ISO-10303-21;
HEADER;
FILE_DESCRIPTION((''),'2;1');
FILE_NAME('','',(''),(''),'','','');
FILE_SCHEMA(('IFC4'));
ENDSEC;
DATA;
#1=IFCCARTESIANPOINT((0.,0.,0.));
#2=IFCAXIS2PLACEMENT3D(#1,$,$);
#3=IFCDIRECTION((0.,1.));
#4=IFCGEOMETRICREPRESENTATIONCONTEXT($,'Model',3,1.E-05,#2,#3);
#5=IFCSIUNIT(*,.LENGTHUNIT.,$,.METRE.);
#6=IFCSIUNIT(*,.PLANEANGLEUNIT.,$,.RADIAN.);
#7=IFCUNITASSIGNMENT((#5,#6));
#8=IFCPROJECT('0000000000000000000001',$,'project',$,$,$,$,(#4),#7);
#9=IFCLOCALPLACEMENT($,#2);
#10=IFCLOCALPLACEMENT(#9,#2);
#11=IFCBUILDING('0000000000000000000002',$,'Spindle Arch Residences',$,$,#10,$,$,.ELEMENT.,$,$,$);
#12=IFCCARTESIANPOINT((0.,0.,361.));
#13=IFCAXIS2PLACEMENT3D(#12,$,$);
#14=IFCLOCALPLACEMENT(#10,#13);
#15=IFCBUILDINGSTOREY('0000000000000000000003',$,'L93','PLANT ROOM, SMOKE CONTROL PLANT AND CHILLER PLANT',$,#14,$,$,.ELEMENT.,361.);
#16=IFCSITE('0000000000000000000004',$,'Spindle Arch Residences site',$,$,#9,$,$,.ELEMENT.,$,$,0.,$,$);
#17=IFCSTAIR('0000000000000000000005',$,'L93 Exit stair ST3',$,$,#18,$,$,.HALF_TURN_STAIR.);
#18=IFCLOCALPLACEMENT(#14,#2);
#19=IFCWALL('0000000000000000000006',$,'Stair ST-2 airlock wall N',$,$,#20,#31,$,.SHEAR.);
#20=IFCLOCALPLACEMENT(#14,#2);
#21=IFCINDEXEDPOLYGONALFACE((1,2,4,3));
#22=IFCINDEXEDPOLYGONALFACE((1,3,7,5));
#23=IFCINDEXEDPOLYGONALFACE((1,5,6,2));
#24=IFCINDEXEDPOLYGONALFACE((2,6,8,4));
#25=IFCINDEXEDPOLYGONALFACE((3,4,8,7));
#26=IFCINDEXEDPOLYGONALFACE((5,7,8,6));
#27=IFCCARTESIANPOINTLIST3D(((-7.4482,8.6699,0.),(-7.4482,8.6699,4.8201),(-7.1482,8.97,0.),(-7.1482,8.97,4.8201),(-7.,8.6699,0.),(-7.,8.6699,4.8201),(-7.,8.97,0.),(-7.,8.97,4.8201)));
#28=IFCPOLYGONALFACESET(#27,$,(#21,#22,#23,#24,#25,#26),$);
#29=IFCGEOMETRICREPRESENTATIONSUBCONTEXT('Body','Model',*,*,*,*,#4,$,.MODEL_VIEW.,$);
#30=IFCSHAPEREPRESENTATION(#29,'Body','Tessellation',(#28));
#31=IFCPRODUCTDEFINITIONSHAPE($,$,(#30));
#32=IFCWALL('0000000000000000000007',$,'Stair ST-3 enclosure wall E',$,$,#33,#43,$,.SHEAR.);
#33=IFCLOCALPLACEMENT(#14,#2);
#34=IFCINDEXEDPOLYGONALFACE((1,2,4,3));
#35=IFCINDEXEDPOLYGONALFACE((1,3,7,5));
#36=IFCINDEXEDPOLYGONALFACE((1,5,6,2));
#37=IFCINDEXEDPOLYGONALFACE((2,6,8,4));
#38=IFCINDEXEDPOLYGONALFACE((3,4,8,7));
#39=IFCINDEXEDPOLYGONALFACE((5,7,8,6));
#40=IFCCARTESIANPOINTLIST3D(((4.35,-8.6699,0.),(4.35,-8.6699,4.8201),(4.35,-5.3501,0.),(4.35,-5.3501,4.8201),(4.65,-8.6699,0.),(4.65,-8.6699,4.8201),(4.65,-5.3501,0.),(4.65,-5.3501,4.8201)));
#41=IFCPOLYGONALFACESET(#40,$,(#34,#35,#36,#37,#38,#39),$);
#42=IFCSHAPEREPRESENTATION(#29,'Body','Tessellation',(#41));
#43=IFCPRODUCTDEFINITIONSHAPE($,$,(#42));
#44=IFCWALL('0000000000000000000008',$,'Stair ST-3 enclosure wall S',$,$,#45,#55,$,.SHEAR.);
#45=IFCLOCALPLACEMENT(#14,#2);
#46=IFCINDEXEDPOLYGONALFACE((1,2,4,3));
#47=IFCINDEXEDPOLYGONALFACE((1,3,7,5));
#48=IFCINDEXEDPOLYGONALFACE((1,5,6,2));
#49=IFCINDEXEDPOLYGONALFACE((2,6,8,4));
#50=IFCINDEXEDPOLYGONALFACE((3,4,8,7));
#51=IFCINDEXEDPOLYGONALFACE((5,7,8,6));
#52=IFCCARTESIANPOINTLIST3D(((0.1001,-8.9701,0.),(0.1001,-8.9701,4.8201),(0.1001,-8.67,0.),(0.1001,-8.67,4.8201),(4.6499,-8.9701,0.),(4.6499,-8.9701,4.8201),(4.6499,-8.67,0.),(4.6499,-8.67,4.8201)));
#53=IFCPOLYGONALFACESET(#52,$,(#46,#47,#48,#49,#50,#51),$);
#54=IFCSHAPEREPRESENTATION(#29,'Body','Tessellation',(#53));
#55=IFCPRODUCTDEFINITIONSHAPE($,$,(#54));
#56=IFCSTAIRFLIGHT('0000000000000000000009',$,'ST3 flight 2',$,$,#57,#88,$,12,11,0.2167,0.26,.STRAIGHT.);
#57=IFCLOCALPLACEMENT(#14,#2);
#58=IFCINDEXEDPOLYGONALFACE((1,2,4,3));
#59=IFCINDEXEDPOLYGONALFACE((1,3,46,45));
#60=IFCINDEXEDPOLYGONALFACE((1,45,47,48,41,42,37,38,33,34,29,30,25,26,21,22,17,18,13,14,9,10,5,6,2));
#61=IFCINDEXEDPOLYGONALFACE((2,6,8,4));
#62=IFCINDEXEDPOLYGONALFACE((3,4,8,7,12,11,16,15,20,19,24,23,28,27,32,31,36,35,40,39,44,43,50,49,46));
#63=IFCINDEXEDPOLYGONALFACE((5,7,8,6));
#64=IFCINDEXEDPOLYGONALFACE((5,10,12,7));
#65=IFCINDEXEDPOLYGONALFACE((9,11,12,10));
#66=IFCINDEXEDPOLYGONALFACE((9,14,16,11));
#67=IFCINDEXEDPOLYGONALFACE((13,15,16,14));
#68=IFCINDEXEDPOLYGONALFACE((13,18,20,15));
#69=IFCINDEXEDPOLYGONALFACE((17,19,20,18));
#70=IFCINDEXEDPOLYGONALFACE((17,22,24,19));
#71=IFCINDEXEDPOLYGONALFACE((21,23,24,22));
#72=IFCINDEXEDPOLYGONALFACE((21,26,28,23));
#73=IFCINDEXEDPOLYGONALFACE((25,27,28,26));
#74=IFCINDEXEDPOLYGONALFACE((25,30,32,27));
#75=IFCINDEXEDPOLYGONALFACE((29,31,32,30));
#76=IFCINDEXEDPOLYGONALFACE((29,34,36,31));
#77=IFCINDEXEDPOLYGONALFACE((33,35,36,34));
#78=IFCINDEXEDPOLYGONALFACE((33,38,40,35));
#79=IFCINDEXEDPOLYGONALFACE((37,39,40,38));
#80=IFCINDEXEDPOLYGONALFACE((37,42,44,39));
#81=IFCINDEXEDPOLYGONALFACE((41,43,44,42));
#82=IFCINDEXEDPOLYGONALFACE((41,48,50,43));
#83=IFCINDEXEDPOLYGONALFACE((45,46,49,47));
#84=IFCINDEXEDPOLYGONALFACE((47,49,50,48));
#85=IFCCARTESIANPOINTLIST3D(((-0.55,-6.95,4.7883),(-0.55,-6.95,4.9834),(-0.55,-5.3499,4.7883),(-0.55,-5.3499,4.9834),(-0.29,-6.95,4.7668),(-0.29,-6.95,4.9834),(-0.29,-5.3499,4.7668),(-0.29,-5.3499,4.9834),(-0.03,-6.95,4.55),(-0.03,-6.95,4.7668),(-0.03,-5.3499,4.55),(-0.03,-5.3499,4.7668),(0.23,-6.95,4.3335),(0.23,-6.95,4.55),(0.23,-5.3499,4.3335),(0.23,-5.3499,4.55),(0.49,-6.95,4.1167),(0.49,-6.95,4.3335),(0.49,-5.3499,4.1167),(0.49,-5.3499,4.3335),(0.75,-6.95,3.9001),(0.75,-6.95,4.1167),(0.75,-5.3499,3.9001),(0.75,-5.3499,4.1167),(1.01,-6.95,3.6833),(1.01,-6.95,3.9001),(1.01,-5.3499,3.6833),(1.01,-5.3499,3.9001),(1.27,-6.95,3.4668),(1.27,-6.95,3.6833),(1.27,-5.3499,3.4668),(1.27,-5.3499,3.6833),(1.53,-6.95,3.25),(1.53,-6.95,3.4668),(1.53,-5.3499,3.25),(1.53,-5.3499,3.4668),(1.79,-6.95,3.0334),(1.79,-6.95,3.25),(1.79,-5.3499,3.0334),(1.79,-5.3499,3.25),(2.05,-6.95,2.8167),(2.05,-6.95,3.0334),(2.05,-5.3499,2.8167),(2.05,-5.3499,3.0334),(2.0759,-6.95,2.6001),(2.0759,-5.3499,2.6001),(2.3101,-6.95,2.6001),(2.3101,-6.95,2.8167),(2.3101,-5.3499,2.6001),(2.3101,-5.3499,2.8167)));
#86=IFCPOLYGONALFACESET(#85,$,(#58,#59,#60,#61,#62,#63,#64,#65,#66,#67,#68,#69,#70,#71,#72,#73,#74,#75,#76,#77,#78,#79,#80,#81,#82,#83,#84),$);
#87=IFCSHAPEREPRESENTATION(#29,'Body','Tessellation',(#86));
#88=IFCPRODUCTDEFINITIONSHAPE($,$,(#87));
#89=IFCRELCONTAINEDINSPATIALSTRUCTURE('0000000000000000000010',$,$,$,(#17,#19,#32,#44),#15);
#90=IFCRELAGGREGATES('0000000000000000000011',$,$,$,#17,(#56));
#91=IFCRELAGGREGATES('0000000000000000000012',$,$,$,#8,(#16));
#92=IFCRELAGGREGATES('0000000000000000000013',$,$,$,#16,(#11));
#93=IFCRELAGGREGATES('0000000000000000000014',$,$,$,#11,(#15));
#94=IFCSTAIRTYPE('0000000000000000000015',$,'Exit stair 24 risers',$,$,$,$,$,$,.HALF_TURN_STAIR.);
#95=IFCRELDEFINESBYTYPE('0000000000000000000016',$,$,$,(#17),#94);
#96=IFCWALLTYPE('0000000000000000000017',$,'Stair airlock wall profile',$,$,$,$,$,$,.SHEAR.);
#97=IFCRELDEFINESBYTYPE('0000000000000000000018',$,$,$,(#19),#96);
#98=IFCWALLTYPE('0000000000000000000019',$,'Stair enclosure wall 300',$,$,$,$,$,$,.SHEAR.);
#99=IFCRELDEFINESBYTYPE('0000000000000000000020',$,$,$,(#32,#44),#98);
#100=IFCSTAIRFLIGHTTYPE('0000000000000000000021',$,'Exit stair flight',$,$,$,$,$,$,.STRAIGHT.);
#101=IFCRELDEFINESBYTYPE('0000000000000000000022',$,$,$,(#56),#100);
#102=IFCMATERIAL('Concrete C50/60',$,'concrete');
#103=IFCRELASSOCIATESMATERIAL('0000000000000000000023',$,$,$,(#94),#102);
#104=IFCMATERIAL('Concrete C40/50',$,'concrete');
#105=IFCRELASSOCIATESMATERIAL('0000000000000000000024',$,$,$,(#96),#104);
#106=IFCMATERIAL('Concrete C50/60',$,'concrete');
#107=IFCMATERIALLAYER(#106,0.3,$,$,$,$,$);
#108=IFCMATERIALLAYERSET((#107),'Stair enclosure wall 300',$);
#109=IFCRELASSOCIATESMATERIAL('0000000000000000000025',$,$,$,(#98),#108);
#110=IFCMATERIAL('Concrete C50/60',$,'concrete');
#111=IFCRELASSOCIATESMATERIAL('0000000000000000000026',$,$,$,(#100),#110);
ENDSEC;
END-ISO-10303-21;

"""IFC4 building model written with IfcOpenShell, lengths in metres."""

from ifc_helpers import new_model, si_unit, direction, frame, frame_2d, origin, place, context, subcontext, project, spatial, polyline, rectangle, outline, extrude, material, layer, layer_set, type_object, element, aggregate, save


model = new_model("IFC4")

# Units and contexts
model_context = context("Model", 3, precision=1e-05, world=origin(), true_north=direction((0.0, 1.0)))
body_context = subcontext(model_context, "Body", "Model", "MODEL_VIEW")
ifc_project = project(units=[si_unit("LENGTHUNIT", "METRE"), si_unit("PLANEANGLEUNIT", "RADIAN")], contexts=[model_context])

# Site, building, storey
site_placement = place(None, origin())
site = spatial("IfcSite", under=ifc_project, at=site_placement, Name="Spindle Arch Residences site", CompositionType="ELEMENT", RefElevation=0.0)
building_placement = place(site_placement, origin())
building = spatial("IfcBuilding", under=site, at=building_placement, Name="Spindle Arch Residences", CompositionType="ELEMENT")
storey_placement = place(building_placement, frame((0.0, 0.0, 361.0)))
storey = spatial("IfcBuildingStorey", under=building, at=storey_placement, Name="L93", Description="PLANT ROOM, SMOKE CONTROL PLANT AND CHILLER PLANT", CompositionType="ELEMENT", Elevation=361.0)

# Stair
ifc_material_1 = material(Name="Concrete C50/60", Category="concrete")
stair_type = type_object("IfcStairType", Name="Exit stair 24 risers", PredefinedType="HALF_TURN_STAIR", material=ifc_material_1)
stair_1_placement = place(storey_placement, origin())
stair_1 = element("IfcStair", 1, at=stair_1_placement, inside=storey, type_object=stair_type, Name="L93 Exit stair ST3", PredefinedType="HALF_TURN_STAIR")

# Walls
ifc_material_2 = material(Name="Concrete C40/50", Category="concrete")
wall_type_1 = type_object("IfcWallType", Name="Stair airlock wall profile", PredefinedType="SHEAR", material=ifc_material_2)
wall_1_placement = place(storey_placement, origin())
element("IfcWall", 2, at=wall_1_placement, inside=storey, type_object=wall_type_1, Name="Stair ST-2 airlock wall N", PredefinedType="SHEAR", context=body_context, shape_type="SweptSolid", body=[
    extrude(outline(polyline([(-7.1482, 8.97), (-7.0, 8.97), (-7.0, 8.6699), (-7.4482, 8.6699), (-7.1482, 8.97)])), origin(), (0.0, 0.0, 1.0), 4.8201),
])
ifc_material_3 = material(Name="Concrete C50/60", Category="concrete")
ifc_layer_1 = layer(ifc_material_3, 0.3)
ifc_layer_set_1 = layer_set([ifc_layer_1], Name="Stair enclosure wall 300")
wall_type_2 = type_object("IfcWallType", Name="Stair enclosure wall 300", PredefinedType="SHEAR", material=ifc_layer_set_1)
wall_2_placement = place(storey_placement, frame((4.5, -8.6699, 0.0), z_axis=(0.0, 0.0, 1.0), x_axis=(0.0, 1.0, 0.0)))
element("IfcWall", 3, at=wall_2_placement, inside=storey, type_object=wall_type_2, Name="Stair ST-3 enclosure wall E", PredefinedType="SHEAR", context=body_context, shape_type="SweptSolid", body=[
    extrude(rectangle(XDim=3.3198, YDim=0.3, at=frame_2d((1.6599, 0.0))), origin(), (0.0, 0.0, 1.0), 4.8201),
])
wall_3_placement = place(storey_placement, frame((0.1001, -8.8201, 0.0), z_axis=(0.0, 0.0, 1.0), x_axis=(1.0, 0.0, 0.0)))
element("IfcWall", 4, at=wall_3_placement, inside=storey, type_object=wall_type_2, Name="Stair ST-3 enclosure wall S", PredefinedType="SHEAR", context=body_context, shape_type="SweptSolid", body=[
    extrude(rectangle(XDim=4.5498, YDim=0.3, at=frame_2d((2.2749, 0.0))), origin(), (0.0, 0.0, 1.0), 4.8201),
])

# Stair flight
ifc_material_4 = material(Name="Concrete C50/60", Category="concrete")
stair_flight_type = type_object("IfcStairFlightType", Name="Exit stair flight", PredefinedType="STRAIGHT", material=ifc_material_4)
stair_flight_placement = place(storey_placement, frame((2.3101, -6.1499, 2.6001), z_axis=(0.0, 0.0, 1.0), x_axis=(-1.0, 0.0, 0.0)))
stair_flight = element("IfcStairFlight", 5, at=stair_flight_placement, type_object=stair_flight_type, Name="ST3 flight 2", NumberOfRisers=12, NumberOfTreads=11, PredefinedType="STRAIGHT", RiserHeight=0.2167, TreadLength=0.26, context=body_context, shape_type="SweptSolid", body=[
    extrude(outline(polyline([(0.0, 0.0), (0.0, 0.2166), (0.26, 0.2166), (0.26, 0.4333), (0.52, 0.4333), (0.52, 0.6499), (0.78, 0.6499), (0.78, 0.8667), (1.04, 0.8667), (1.04, 1.0833), (1.3, 1.0833), (1.3, 1.3), (1.5601, 1.3), (1.5601, 1.5166), (1.8201, 1.5166), (1.8201, 1.7334), (2.0801, 1.7334), (2.0801, 1.95), (2.3401, 1.95), (2.3401, 2.1667), (2.6001, 2.1667), (2.6001, 2.3833), (2.8601, 2.3833), (2.8601, 2.6001), (2.8601, 2.1882), (0.2341, 0.0), (0.0, 0.0)])), frame((0.0, 0.8, 0.0), z_axis=(0.0, -1.0, 0.0), x_axis=(1.0, 0.0, 0.0)), (0.0, 0.0, 1.0), 1.6001),
])
aggregate(stair_1, [stair_flight])

save(model, "model.ifc")
